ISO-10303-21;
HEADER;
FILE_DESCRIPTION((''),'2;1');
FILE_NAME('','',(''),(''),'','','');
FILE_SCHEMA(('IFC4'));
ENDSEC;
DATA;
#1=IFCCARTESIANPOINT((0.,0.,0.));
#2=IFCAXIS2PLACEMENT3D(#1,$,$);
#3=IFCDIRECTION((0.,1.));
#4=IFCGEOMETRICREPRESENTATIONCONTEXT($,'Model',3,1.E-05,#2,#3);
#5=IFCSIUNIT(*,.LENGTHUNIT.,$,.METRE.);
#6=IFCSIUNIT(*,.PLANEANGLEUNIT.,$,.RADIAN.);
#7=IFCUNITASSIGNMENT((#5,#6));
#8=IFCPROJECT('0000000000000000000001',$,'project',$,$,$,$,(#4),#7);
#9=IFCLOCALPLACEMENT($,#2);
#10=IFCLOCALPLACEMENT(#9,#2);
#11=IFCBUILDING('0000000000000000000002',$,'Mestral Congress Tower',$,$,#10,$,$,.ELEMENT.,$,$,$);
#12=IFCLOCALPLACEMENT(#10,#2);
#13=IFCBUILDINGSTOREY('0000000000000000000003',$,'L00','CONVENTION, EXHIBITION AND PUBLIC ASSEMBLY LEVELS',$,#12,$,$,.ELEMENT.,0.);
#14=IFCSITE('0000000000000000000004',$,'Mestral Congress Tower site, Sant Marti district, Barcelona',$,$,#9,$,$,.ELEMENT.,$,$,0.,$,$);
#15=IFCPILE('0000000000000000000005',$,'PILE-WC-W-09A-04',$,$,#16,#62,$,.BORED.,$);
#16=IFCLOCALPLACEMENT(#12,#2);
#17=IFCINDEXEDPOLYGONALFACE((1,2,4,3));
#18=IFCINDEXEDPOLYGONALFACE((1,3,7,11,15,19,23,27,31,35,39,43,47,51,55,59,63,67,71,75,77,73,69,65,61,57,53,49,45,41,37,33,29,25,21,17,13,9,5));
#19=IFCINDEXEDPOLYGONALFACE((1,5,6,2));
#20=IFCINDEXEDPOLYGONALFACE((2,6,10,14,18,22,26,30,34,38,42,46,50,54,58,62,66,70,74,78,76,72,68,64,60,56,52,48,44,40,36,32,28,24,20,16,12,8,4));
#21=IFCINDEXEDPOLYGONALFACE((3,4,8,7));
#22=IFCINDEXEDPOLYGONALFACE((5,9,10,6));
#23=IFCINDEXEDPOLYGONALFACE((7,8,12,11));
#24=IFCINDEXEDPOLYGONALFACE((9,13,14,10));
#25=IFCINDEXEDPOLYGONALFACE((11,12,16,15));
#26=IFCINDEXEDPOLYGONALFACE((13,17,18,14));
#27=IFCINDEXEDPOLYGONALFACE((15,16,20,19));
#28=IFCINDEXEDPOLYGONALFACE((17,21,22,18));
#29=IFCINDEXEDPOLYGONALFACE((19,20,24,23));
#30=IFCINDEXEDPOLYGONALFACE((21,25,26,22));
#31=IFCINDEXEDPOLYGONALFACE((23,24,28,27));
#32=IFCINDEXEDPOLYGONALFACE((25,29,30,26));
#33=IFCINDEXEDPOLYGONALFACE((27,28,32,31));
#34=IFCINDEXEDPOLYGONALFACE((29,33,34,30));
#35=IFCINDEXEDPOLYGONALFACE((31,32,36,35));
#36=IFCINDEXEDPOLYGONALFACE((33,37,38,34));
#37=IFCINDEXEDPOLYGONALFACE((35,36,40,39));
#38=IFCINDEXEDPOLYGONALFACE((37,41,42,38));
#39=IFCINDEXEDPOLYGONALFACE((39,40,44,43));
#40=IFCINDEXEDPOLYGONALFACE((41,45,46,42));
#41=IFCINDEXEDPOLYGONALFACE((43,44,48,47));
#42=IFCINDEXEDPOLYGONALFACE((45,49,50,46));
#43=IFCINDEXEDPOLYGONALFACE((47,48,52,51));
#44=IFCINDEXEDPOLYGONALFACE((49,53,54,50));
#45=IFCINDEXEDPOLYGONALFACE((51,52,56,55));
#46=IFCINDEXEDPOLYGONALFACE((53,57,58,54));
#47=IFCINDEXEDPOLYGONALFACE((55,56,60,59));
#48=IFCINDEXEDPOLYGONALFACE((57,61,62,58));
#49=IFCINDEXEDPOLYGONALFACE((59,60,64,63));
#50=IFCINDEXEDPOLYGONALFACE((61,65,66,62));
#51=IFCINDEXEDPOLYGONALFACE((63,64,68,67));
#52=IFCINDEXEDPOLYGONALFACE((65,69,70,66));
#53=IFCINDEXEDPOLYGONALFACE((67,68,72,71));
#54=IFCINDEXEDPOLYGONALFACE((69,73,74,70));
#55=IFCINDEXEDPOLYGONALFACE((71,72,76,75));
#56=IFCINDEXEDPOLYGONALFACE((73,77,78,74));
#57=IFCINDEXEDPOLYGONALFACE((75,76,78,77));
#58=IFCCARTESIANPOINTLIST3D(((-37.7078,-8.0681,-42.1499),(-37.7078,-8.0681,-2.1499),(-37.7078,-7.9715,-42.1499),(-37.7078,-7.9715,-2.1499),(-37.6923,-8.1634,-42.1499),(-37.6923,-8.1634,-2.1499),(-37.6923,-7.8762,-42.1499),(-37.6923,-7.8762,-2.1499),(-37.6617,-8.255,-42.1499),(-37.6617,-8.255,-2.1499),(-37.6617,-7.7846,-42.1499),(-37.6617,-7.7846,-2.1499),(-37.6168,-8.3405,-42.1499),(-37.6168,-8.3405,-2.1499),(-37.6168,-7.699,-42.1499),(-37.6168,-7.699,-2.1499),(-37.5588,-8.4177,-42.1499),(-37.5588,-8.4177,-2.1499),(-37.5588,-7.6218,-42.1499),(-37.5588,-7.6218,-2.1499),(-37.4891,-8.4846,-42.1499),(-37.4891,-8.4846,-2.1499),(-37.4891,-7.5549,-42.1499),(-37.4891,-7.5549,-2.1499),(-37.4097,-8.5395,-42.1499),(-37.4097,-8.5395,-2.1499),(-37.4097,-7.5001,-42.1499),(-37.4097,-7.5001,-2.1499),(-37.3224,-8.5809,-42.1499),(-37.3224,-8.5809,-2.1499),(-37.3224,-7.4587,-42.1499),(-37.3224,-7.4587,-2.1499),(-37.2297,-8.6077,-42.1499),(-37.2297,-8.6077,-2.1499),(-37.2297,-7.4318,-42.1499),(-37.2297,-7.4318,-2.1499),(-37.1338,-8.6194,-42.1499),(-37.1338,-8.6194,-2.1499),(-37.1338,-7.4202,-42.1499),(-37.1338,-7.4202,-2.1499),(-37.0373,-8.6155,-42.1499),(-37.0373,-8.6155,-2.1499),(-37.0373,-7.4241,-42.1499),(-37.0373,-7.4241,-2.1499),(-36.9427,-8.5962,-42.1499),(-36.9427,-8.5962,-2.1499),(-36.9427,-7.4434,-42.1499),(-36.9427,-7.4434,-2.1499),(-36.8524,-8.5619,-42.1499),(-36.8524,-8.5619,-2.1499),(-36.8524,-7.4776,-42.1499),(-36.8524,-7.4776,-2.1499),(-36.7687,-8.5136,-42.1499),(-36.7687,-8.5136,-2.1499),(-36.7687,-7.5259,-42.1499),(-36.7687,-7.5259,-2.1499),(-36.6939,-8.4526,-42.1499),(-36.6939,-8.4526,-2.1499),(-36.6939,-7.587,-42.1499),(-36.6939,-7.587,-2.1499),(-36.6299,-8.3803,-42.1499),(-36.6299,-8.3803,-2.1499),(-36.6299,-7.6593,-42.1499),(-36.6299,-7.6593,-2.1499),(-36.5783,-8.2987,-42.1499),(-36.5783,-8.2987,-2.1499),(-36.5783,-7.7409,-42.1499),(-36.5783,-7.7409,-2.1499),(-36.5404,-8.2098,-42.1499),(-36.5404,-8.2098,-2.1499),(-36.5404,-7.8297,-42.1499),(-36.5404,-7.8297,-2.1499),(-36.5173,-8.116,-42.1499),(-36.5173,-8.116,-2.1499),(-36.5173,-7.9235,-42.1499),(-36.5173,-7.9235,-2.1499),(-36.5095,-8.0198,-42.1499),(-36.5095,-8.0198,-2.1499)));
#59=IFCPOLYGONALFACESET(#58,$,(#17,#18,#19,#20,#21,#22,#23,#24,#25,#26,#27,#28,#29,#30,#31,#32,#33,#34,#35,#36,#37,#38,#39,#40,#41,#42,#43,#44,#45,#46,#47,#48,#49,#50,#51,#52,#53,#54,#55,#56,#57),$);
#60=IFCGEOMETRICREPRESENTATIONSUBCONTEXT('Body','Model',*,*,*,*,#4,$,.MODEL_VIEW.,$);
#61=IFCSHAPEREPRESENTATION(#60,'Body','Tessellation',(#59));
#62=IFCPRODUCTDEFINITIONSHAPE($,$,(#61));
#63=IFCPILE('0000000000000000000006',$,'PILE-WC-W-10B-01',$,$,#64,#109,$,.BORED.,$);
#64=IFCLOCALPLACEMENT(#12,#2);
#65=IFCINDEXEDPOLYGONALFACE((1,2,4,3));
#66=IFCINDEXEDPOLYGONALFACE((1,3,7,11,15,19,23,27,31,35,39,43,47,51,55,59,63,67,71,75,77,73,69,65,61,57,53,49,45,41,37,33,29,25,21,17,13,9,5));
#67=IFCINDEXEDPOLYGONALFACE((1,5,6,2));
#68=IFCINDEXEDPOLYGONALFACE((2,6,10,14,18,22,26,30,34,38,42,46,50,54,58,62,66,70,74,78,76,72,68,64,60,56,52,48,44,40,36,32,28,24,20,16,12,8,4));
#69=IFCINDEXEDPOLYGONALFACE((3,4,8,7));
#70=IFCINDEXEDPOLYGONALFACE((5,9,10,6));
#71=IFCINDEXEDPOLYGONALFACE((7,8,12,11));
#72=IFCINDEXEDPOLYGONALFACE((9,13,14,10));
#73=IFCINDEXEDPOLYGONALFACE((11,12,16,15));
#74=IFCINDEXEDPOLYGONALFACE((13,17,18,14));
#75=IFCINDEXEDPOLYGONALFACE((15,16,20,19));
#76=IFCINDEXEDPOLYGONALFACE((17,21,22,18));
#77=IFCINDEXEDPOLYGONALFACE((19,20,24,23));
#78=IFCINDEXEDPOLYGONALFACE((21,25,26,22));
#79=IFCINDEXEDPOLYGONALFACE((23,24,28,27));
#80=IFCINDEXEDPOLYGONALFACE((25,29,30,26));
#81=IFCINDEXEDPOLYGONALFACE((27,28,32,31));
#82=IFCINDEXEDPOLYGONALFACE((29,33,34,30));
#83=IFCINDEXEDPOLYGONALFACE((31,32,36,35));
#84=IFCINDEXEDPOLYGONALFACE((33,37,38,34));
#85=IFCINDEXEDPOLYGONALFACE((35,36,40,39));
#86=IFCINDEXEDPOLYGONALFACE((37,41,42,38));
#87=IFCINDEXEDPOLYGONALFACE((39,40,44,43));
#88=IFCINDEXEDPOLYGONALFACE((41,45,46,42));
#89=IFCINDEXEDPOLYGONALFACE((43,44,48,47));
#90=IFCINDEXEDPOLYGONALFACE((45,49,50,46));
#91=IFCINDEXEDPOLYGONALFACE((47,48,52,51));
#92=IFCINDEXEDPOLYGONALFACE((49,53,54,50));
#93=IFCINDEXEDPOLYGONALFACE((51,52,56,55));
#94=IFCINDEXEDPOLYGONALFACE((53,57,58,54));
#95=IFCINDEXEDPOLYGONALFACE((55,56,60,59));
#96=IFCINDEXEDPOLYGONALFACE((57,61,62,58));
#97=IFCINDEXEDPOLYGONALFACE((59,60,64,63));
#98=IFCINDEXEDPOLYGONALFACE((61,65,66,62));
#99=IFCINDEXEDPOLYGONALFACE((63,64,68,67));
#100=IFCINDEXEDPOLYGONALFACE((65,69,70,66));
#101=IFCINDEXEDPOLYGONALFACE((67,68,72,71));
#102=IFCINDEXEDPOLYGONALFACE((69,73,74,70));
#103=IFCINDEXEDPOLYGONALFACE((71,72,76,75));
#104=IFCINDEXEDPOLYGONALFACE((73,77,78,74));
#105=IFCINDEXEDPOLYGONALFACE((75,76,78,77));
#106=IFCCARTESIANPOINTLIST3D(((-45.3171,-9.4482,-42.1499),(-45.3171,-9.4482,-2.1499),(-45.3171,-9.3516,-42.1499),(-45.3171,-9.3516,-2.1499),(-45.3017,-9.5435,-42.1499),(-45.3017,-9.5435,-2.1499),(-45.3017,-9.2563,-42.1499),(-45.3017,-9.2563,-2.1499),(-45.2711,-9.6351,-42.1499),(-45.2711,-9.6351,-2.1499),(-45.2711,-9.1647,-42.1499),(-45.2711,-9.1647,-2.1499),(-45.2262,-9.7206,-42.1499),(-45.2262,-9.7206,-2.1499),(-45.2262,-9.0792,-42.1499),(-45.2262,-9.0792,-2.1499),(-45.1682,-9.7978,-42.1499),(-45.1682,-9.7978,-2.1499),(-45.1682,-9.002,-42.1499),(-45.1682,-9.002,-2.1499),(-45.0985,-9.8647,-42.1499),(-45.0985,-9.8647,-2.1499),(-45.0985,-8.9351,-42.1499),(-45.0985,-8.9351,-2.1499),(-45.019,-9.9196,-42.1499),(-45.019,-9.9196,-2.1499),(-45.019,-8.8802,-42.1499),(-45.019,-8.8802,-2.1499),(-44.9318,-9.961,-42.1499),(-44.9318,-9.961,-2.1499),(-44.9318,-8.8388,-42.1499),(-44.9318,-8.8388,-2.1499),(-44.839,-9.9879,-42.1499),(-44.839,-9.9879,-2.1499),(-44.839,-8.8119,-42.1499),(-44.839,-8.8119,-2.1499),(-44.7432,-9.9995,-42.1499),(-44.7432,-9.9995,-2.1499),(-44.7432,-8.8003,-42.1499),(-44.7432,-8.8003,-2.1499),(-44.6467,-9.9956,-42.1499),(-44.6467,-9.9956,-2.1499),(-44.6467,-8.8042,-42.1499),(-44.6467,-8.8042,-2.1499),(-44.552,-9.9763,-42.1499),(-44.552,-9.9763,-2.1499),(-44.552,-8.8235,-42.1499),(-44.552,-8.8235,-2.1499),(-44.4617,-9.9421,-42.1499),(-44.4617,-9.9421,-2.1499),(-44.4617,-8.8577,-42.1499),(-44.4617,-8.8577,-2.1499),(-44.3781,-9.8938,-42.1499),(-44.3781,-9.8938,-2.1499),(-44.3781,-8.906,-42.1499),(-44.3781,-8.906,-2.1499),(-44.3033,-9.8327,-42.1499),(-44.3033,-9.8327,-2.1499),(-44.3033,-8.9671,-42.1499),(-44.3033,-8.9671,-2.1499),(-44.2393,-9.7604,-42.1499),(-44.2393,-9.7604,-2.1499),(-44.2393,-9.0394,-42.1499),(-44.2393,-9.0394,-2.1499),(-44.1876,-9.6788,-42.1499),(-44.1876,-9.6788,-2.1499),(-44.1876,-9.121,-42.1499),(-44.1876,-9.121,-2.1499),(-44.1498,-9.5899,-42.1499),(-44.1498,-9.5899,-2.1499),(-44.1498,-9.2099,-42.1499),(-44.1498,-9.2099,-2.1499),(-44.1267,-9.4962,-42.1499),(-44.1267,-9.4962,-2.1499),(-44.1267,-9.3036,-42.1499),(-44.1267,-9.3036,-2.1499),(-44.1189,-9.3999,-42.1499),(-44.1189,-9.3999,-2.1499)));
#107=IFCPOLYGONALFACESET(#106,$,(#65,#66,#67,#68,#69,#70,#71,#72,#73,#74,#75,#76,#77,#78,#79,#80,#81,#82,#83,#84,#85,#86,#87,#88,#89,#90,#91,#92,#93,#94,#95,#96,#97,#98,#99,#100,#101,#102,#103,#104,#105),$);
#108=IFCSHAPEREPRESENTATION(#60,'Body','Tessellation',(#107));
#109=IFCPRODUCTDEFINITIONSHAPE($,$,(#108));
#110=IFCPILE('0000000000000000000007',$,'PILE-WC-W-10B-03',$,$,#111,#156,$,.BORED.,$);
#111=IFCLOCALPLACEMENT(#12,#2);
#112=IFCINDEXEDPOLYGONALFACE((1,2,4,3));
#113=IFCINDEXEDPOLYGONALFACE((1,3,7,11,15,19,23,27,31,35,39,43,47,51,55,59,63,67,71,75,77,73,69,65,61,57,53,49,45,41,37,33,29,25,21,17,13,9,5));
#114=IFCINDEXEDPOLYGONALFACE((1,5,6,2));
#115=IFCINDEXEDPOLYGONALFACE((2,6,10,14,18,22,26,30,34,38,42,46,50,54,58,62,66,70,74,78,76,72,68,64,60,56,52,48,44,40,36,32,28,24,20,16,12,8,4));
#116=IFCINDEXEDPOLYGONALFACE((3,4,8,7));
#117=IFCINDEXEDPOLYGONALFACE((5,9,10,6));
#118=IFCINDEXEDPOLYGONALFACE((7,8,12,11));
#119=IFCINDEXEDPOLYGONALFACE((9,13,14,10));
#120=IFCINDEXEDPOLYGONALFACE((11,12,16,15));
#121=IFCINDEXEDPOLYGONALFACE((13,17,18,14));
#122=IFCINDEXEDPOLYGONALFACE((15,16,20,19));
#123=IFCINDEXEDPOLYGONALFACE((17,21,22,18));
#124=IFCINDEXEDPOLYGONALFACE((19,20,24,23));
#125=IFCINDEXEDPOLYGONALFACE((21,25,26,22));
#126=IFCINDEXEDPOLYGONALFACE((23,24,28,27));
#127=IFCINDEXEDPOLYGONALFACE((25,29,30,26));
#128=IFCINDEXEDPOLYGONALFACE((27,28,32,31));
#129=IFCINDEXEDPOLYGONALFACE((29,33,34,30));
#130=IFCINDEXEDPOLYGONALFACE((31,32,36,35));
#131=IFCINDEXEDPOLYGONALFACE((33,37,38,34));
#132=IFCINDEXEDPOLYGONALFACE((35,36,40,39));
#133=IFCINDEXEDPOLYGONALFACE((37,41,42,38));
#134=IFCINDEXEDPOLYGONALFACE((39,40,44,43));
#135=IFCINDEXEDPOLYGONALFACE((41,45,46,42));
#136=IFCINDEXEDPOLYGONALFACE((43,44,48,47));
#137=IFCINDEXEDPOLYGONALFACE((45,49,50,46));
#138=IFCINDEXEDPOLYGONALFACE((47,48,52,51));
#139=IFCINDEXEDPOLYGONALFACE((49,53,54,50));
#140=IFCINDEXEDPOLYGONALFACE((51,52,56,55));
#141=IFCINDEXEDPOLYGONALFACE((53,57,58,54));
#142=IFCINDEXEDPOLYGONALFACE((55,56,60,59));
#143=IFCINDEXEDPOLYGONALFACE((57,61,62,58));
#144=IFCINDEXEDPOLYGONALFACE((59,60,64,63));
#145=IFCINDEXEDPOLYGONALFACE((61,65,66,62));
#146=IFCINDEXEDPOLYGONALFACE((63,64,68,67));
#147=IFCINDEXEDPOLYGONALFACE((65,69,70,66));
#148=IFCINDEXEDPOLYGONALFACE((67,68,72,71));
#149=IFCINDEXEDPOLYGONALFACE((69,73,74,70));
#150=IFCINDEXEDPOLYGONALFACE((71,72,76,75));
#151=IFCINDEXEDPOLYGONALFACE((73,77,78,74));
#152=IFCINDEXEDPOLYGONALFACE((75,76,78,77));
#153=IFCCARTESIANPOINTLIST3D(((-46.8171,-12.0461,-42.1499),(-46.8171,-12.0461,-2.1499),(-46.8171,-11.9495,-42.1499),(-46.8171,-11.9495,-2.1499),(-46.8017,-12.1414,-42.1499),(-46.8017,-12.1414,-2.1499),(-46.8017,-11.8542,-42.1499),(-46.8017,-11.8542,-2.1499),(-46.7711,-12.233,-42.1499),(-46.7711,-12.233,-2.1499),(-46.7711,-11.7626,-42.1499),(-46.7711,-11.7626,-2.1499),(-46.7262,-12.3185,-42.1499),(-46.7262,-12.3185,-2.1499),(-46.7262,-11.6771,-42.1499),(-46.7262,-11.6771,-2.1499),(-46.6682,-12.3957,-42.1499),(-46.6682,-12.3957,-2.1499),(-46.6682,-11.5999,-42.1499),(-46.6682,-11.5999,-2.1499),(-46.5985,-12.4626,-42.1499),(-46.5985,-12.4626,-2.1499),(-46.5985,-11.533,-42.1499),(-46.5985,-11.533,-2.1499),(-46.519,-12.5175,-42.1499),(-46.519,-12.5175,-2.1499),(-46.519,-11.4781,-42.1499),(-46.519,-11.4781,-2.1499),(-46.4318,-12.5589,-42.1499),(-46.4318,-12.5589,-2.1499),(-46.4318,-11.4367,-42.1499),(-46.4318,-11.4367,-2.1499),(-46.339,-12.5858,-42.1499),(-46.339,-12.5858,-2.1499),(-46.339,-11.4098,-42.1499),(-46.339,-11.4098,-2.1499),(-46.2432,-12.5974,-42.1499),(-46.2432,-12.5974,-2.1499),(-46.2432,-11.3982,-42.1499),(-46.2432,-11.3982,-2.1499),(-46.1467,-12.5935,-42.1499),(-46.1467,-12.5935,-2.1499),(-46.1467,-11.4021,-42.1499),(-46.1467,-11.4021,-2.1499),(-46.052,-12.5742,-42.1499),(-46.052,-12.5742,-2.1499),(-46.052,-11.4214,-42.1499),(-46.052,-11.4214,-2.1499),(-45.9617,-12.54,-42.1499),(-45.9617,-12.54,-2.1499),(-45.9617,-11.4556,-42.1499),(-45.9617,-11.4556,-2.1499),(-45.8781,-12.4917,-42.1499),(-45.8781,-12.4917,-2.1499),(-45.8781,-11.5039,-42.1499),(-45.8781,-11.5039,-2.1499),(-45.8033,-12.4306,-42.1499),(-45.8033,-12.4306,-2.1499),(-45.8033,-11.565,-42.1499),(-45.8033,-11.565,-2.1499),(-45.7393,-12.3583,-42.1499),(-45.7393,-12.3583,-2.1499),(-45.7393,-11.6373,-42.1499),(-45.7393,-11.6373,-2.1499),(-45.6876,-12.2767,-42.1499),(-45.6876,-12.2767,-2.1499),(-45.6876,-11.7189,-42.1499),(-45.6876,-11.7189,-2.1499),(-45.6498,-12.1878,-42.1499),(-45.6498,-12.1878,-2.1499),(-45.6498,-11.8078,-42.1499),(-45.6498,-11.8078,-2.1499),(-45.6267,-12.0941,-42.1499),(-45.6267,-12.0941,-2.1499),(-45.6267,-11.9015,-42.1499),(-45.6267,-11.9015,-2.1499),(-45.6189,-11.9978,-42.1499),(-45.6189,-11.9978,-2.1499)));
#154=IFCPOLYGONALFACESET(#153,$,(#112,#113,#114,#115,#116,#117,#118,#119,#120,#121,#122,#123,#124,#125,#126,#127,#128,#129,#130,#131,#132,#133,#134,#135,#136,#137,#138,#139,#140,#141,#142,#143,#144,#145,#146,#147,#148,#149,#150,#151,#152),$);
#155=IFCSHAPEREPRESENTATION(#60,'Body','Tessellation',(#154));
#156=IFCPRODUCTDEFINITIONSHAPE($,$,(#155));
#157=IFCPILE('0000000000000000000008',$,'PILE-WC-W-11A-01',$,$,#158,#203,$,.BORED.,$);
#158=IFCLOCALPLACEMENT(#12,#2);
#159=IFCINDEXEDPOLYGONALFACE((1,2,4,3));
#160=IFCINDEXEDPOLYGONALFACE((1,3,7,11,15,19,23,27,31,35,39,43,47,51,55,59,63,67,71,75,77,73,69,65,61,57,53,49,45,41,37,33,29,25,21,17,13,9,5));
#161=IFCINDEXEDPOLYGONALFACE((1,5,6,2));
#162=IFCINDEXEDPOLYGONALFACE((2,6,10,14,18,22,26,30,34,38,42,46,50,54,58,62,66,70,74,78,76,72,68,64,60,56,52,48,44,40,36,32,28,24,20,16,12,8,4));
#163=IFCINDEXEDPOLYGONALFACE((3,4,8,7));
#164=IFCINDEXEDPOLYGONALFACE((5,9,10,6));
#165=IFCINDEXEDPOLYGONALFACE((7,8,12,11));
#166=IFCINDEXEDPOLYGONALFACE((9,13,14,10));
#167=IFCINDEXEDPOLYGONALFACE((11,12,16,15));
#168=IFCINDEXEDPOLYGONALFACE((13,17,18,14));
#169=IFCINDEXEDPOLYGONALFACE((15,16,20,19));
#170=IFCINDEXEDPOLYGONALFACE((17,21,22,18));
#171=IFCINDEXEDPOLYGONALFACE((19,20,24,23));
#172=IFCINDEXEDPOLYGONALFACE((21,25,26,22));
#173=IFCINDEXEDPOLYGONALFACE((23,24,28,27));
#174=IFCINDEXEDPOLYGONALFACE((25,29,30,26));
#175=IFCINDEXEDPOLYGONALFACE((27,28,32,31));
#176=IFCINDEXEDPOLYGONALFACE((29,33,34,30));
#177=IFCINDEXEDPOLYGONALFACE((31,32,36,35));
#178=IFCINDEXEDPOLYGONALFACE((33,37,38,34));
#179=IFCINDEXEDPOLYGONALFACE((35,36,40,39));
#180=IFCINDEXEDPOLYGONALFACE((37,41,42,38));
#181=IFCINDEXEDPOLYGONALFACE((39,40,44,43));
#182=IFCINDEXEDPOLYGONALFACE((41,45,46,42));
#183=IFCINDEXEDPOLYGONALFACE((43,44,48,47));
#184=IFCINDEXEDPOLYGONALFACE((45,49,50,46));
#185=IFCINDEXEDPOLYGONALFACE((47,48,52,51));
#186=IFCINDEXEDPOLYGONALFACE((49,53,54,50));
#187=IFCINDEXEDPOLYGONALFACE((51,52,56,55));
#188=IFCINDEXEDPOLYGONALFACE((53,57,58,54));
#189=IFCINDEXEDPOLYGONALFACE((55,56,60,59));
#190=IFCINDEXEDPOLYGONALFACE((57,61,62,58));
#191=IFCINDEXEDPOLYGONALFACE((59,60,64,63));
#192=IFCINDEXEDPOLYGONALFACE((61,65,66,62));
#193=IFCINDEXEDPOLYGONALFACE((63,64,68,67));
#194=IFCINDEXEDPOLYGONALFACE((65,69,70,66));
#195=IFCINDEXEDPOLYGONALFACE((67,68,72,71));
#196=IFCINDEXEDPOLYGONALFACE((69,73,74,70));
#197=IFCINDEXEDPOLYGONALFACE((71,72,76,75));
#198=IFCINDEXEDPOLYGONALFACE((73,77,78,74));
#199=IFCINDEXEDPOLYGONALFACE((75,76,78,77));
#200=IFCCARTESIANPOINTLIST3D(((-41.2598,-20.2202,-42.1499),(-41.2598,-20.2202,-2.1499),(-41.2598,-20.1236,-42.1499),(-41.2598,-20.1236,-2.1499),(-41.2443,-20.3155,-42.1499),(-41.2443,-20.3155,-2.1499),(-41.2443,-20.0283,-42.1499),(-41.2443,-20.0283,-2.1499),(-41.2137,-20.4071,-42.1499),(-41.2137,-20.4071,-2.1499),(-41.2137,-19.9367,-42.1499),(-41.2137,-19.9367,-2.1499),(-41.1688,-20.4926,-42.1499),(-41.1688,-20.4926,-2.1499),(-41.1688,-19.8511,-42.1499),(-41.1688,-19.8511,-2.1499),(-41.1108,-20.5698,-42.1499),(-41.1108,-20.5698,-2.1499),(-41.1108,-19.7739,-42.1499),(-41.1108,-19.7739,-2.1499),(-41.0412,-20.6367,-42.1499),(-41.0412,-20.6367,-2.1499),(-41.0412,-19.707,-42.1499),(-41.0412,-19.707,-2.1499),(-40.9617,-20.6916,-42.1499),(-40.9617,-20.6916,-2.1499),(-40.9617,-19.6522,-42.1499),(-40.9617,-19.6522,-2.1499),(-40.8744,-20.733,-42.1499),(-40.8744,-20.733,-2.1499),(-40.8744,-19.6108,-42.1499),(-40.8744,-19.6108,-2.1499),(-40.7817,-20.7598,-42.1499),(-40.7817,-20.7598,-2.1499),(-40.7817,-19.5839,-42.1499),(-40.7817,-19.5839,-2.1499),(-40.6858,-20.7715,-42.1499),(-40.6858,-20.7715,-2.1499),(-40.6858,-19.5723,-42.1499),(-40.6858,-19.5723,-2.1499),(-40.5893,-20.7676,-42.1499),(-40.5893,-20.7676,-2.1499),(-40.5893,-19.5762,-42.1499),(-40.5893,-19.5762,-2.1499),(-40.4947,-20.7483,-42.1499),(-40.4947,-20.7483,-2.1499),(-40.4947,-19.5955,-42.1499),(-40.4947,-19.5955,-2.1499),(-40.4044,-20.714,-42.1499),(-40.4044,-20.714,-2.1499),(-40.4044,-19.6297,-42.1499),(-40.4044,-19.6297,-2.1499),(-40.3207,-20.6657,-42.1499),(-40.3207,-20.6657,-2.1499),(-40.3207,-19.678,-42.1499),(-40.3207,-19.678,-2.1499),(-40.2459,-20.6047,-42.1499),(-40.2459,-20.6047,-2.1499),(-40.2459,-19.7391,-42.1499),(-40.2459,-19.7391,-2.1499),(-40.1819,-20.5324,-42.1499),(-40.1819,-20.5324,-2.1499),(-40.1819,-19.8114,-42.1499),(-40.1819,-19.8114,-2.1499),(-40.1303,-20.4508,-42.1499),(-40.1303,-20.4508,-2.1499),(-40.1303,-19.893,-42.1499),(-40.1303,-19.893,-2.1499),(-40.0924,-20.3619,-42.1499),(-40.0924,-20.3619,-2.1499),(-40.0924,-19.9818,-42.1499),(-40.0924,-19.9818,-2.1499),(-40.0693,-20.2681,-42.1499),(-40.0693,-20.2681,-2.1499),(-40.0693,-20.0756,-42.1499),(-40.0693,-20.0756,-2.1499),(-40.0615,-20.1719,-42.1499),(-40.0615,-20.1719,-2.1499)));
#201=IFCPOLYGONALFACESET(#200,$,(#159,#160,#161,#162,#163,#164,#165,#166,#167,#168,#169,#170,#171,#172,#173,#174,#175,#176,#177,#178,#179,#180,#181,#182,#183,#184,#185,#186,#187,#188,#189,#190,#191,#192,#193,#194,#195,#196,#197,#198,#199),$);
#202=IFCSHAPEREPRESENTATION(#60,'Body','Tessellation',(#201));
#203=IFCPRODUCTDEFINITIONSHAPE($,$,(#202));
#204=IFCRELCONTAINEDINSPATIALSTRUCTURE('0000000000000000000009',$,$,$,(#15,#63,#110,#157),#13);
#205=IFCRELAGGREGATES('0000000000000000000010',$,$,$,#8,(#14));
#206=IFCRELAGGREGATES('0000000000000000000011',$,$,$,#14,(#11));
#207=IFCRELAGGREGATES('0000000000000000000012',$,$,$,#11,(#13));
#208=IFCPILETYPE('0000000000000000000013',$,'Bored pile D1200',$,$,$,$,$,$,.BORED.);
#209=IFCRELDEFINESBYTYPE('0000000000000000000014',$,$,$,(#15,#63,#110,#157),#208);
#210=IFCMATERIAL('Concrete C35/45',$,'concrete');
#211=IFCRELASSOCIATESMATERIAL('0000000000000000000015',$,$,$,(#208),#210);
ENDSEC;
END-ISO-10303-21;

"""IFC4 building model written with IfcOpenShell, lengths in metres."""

from ifc_helpers import new_model, si_unit, direction, frame, origin, origin_2d, place, context, subcontext, project, spatial, circle, extrude, material, material_profile, profile_set, type_object, element, save


model = new_model("IFC4")

# Units and contexts
model_context = context("Model", 3, precision=1e-05, world=origin(), true_north=direction((0.0, 1.0)))
body_context = subcontext(model_context, "Body", "Model", "MODEL_VIEW")
ifc_project = project(units=[si_unit("LENGTHUNIT", "METRE"), si_unit("PLANEANGLEUNIT", "RADIAN")], contexts=[model_context])

# Site, building, storey
site_placement = place(None, origin())
site = spatial("IfcSite", under=ifc_project, at=site_placement, Name="Mestral Congress Tower site, Sant Marti district, Barcelona", CompositionType="ELEMENT", RefElevation=0.0)
building_placement = place(site_placement, origin())
building = spatial("IfcBuilding", under=site, at=building_placement, Name="Mestral Congress Tower", CompositionType="ELEMENT")
storey_placement = place(building_placement, origin())
storey = spatial("IfcBuildingStorey", under=building, at=storey_placement, Name="L00", Description="CONVENTION, EXHIBITION AND PUBLIC ASSEMBLY LEVELS", CompositionType="ELEMENT", Elevation=0.0)

# Piles
ifc_material_1 = material(Name="Concrete C35/45", Category="concrete")
ifc_material_profile_1 = material_profile(ifc_material_1, circle(Radius=0.6001, at=origin_2d()), Name="D1200")
ifc_profile_set_1 = profile_set([ifc_material_profile_1], Name="Concrete C35/45")
pile_type_1 = type_object("IfcPileType", Name="Bored pile D1200", PredefinedType="BORED", material=ifc_profile_set_1)
for number, where, z_axis, x_axis, name in (
    (1, (-37.1096, -8.0198, -2.1499), (0.0, 0.0, -1.0), (1.0, 0.0, 0.0), "PILE-WC-W-09A-04"),
    (2, (-44.719, -9.3999, -2.1499), (0.0, 0.0, -1.0), (1.0, 0.0, 0.0), "PILE-WC-W-10B-01"),
    (3, (-46.219, -11.9978, -2.1499), (0.0, 0.0, -1.0), (1.0, 0.0, 0.0), "PILE-WC-W-10B-03"),
    (4, (-40.6616, -20.1719, -2.1499), (0.0, 0.0, -1.0), (1.0, 0.0, 0.0), "PILE-WC-W-11A-01"),
):
    element("IfcPile", number, at=place(storey_placement, frame(where, z_axis=z_axis, x_axis=x_axis)), inside=storey, type_object=pile_type_1, Name=name, PredefinedType="BORED", context=body_context, shape_type="SweptSolid", body=[
        extrude(circle(Radius=0.6001, at=origin_2d()), origin(), (0.0, 0.0, 1.0), 40.0),
    ])

save(model, "model.ifc")
